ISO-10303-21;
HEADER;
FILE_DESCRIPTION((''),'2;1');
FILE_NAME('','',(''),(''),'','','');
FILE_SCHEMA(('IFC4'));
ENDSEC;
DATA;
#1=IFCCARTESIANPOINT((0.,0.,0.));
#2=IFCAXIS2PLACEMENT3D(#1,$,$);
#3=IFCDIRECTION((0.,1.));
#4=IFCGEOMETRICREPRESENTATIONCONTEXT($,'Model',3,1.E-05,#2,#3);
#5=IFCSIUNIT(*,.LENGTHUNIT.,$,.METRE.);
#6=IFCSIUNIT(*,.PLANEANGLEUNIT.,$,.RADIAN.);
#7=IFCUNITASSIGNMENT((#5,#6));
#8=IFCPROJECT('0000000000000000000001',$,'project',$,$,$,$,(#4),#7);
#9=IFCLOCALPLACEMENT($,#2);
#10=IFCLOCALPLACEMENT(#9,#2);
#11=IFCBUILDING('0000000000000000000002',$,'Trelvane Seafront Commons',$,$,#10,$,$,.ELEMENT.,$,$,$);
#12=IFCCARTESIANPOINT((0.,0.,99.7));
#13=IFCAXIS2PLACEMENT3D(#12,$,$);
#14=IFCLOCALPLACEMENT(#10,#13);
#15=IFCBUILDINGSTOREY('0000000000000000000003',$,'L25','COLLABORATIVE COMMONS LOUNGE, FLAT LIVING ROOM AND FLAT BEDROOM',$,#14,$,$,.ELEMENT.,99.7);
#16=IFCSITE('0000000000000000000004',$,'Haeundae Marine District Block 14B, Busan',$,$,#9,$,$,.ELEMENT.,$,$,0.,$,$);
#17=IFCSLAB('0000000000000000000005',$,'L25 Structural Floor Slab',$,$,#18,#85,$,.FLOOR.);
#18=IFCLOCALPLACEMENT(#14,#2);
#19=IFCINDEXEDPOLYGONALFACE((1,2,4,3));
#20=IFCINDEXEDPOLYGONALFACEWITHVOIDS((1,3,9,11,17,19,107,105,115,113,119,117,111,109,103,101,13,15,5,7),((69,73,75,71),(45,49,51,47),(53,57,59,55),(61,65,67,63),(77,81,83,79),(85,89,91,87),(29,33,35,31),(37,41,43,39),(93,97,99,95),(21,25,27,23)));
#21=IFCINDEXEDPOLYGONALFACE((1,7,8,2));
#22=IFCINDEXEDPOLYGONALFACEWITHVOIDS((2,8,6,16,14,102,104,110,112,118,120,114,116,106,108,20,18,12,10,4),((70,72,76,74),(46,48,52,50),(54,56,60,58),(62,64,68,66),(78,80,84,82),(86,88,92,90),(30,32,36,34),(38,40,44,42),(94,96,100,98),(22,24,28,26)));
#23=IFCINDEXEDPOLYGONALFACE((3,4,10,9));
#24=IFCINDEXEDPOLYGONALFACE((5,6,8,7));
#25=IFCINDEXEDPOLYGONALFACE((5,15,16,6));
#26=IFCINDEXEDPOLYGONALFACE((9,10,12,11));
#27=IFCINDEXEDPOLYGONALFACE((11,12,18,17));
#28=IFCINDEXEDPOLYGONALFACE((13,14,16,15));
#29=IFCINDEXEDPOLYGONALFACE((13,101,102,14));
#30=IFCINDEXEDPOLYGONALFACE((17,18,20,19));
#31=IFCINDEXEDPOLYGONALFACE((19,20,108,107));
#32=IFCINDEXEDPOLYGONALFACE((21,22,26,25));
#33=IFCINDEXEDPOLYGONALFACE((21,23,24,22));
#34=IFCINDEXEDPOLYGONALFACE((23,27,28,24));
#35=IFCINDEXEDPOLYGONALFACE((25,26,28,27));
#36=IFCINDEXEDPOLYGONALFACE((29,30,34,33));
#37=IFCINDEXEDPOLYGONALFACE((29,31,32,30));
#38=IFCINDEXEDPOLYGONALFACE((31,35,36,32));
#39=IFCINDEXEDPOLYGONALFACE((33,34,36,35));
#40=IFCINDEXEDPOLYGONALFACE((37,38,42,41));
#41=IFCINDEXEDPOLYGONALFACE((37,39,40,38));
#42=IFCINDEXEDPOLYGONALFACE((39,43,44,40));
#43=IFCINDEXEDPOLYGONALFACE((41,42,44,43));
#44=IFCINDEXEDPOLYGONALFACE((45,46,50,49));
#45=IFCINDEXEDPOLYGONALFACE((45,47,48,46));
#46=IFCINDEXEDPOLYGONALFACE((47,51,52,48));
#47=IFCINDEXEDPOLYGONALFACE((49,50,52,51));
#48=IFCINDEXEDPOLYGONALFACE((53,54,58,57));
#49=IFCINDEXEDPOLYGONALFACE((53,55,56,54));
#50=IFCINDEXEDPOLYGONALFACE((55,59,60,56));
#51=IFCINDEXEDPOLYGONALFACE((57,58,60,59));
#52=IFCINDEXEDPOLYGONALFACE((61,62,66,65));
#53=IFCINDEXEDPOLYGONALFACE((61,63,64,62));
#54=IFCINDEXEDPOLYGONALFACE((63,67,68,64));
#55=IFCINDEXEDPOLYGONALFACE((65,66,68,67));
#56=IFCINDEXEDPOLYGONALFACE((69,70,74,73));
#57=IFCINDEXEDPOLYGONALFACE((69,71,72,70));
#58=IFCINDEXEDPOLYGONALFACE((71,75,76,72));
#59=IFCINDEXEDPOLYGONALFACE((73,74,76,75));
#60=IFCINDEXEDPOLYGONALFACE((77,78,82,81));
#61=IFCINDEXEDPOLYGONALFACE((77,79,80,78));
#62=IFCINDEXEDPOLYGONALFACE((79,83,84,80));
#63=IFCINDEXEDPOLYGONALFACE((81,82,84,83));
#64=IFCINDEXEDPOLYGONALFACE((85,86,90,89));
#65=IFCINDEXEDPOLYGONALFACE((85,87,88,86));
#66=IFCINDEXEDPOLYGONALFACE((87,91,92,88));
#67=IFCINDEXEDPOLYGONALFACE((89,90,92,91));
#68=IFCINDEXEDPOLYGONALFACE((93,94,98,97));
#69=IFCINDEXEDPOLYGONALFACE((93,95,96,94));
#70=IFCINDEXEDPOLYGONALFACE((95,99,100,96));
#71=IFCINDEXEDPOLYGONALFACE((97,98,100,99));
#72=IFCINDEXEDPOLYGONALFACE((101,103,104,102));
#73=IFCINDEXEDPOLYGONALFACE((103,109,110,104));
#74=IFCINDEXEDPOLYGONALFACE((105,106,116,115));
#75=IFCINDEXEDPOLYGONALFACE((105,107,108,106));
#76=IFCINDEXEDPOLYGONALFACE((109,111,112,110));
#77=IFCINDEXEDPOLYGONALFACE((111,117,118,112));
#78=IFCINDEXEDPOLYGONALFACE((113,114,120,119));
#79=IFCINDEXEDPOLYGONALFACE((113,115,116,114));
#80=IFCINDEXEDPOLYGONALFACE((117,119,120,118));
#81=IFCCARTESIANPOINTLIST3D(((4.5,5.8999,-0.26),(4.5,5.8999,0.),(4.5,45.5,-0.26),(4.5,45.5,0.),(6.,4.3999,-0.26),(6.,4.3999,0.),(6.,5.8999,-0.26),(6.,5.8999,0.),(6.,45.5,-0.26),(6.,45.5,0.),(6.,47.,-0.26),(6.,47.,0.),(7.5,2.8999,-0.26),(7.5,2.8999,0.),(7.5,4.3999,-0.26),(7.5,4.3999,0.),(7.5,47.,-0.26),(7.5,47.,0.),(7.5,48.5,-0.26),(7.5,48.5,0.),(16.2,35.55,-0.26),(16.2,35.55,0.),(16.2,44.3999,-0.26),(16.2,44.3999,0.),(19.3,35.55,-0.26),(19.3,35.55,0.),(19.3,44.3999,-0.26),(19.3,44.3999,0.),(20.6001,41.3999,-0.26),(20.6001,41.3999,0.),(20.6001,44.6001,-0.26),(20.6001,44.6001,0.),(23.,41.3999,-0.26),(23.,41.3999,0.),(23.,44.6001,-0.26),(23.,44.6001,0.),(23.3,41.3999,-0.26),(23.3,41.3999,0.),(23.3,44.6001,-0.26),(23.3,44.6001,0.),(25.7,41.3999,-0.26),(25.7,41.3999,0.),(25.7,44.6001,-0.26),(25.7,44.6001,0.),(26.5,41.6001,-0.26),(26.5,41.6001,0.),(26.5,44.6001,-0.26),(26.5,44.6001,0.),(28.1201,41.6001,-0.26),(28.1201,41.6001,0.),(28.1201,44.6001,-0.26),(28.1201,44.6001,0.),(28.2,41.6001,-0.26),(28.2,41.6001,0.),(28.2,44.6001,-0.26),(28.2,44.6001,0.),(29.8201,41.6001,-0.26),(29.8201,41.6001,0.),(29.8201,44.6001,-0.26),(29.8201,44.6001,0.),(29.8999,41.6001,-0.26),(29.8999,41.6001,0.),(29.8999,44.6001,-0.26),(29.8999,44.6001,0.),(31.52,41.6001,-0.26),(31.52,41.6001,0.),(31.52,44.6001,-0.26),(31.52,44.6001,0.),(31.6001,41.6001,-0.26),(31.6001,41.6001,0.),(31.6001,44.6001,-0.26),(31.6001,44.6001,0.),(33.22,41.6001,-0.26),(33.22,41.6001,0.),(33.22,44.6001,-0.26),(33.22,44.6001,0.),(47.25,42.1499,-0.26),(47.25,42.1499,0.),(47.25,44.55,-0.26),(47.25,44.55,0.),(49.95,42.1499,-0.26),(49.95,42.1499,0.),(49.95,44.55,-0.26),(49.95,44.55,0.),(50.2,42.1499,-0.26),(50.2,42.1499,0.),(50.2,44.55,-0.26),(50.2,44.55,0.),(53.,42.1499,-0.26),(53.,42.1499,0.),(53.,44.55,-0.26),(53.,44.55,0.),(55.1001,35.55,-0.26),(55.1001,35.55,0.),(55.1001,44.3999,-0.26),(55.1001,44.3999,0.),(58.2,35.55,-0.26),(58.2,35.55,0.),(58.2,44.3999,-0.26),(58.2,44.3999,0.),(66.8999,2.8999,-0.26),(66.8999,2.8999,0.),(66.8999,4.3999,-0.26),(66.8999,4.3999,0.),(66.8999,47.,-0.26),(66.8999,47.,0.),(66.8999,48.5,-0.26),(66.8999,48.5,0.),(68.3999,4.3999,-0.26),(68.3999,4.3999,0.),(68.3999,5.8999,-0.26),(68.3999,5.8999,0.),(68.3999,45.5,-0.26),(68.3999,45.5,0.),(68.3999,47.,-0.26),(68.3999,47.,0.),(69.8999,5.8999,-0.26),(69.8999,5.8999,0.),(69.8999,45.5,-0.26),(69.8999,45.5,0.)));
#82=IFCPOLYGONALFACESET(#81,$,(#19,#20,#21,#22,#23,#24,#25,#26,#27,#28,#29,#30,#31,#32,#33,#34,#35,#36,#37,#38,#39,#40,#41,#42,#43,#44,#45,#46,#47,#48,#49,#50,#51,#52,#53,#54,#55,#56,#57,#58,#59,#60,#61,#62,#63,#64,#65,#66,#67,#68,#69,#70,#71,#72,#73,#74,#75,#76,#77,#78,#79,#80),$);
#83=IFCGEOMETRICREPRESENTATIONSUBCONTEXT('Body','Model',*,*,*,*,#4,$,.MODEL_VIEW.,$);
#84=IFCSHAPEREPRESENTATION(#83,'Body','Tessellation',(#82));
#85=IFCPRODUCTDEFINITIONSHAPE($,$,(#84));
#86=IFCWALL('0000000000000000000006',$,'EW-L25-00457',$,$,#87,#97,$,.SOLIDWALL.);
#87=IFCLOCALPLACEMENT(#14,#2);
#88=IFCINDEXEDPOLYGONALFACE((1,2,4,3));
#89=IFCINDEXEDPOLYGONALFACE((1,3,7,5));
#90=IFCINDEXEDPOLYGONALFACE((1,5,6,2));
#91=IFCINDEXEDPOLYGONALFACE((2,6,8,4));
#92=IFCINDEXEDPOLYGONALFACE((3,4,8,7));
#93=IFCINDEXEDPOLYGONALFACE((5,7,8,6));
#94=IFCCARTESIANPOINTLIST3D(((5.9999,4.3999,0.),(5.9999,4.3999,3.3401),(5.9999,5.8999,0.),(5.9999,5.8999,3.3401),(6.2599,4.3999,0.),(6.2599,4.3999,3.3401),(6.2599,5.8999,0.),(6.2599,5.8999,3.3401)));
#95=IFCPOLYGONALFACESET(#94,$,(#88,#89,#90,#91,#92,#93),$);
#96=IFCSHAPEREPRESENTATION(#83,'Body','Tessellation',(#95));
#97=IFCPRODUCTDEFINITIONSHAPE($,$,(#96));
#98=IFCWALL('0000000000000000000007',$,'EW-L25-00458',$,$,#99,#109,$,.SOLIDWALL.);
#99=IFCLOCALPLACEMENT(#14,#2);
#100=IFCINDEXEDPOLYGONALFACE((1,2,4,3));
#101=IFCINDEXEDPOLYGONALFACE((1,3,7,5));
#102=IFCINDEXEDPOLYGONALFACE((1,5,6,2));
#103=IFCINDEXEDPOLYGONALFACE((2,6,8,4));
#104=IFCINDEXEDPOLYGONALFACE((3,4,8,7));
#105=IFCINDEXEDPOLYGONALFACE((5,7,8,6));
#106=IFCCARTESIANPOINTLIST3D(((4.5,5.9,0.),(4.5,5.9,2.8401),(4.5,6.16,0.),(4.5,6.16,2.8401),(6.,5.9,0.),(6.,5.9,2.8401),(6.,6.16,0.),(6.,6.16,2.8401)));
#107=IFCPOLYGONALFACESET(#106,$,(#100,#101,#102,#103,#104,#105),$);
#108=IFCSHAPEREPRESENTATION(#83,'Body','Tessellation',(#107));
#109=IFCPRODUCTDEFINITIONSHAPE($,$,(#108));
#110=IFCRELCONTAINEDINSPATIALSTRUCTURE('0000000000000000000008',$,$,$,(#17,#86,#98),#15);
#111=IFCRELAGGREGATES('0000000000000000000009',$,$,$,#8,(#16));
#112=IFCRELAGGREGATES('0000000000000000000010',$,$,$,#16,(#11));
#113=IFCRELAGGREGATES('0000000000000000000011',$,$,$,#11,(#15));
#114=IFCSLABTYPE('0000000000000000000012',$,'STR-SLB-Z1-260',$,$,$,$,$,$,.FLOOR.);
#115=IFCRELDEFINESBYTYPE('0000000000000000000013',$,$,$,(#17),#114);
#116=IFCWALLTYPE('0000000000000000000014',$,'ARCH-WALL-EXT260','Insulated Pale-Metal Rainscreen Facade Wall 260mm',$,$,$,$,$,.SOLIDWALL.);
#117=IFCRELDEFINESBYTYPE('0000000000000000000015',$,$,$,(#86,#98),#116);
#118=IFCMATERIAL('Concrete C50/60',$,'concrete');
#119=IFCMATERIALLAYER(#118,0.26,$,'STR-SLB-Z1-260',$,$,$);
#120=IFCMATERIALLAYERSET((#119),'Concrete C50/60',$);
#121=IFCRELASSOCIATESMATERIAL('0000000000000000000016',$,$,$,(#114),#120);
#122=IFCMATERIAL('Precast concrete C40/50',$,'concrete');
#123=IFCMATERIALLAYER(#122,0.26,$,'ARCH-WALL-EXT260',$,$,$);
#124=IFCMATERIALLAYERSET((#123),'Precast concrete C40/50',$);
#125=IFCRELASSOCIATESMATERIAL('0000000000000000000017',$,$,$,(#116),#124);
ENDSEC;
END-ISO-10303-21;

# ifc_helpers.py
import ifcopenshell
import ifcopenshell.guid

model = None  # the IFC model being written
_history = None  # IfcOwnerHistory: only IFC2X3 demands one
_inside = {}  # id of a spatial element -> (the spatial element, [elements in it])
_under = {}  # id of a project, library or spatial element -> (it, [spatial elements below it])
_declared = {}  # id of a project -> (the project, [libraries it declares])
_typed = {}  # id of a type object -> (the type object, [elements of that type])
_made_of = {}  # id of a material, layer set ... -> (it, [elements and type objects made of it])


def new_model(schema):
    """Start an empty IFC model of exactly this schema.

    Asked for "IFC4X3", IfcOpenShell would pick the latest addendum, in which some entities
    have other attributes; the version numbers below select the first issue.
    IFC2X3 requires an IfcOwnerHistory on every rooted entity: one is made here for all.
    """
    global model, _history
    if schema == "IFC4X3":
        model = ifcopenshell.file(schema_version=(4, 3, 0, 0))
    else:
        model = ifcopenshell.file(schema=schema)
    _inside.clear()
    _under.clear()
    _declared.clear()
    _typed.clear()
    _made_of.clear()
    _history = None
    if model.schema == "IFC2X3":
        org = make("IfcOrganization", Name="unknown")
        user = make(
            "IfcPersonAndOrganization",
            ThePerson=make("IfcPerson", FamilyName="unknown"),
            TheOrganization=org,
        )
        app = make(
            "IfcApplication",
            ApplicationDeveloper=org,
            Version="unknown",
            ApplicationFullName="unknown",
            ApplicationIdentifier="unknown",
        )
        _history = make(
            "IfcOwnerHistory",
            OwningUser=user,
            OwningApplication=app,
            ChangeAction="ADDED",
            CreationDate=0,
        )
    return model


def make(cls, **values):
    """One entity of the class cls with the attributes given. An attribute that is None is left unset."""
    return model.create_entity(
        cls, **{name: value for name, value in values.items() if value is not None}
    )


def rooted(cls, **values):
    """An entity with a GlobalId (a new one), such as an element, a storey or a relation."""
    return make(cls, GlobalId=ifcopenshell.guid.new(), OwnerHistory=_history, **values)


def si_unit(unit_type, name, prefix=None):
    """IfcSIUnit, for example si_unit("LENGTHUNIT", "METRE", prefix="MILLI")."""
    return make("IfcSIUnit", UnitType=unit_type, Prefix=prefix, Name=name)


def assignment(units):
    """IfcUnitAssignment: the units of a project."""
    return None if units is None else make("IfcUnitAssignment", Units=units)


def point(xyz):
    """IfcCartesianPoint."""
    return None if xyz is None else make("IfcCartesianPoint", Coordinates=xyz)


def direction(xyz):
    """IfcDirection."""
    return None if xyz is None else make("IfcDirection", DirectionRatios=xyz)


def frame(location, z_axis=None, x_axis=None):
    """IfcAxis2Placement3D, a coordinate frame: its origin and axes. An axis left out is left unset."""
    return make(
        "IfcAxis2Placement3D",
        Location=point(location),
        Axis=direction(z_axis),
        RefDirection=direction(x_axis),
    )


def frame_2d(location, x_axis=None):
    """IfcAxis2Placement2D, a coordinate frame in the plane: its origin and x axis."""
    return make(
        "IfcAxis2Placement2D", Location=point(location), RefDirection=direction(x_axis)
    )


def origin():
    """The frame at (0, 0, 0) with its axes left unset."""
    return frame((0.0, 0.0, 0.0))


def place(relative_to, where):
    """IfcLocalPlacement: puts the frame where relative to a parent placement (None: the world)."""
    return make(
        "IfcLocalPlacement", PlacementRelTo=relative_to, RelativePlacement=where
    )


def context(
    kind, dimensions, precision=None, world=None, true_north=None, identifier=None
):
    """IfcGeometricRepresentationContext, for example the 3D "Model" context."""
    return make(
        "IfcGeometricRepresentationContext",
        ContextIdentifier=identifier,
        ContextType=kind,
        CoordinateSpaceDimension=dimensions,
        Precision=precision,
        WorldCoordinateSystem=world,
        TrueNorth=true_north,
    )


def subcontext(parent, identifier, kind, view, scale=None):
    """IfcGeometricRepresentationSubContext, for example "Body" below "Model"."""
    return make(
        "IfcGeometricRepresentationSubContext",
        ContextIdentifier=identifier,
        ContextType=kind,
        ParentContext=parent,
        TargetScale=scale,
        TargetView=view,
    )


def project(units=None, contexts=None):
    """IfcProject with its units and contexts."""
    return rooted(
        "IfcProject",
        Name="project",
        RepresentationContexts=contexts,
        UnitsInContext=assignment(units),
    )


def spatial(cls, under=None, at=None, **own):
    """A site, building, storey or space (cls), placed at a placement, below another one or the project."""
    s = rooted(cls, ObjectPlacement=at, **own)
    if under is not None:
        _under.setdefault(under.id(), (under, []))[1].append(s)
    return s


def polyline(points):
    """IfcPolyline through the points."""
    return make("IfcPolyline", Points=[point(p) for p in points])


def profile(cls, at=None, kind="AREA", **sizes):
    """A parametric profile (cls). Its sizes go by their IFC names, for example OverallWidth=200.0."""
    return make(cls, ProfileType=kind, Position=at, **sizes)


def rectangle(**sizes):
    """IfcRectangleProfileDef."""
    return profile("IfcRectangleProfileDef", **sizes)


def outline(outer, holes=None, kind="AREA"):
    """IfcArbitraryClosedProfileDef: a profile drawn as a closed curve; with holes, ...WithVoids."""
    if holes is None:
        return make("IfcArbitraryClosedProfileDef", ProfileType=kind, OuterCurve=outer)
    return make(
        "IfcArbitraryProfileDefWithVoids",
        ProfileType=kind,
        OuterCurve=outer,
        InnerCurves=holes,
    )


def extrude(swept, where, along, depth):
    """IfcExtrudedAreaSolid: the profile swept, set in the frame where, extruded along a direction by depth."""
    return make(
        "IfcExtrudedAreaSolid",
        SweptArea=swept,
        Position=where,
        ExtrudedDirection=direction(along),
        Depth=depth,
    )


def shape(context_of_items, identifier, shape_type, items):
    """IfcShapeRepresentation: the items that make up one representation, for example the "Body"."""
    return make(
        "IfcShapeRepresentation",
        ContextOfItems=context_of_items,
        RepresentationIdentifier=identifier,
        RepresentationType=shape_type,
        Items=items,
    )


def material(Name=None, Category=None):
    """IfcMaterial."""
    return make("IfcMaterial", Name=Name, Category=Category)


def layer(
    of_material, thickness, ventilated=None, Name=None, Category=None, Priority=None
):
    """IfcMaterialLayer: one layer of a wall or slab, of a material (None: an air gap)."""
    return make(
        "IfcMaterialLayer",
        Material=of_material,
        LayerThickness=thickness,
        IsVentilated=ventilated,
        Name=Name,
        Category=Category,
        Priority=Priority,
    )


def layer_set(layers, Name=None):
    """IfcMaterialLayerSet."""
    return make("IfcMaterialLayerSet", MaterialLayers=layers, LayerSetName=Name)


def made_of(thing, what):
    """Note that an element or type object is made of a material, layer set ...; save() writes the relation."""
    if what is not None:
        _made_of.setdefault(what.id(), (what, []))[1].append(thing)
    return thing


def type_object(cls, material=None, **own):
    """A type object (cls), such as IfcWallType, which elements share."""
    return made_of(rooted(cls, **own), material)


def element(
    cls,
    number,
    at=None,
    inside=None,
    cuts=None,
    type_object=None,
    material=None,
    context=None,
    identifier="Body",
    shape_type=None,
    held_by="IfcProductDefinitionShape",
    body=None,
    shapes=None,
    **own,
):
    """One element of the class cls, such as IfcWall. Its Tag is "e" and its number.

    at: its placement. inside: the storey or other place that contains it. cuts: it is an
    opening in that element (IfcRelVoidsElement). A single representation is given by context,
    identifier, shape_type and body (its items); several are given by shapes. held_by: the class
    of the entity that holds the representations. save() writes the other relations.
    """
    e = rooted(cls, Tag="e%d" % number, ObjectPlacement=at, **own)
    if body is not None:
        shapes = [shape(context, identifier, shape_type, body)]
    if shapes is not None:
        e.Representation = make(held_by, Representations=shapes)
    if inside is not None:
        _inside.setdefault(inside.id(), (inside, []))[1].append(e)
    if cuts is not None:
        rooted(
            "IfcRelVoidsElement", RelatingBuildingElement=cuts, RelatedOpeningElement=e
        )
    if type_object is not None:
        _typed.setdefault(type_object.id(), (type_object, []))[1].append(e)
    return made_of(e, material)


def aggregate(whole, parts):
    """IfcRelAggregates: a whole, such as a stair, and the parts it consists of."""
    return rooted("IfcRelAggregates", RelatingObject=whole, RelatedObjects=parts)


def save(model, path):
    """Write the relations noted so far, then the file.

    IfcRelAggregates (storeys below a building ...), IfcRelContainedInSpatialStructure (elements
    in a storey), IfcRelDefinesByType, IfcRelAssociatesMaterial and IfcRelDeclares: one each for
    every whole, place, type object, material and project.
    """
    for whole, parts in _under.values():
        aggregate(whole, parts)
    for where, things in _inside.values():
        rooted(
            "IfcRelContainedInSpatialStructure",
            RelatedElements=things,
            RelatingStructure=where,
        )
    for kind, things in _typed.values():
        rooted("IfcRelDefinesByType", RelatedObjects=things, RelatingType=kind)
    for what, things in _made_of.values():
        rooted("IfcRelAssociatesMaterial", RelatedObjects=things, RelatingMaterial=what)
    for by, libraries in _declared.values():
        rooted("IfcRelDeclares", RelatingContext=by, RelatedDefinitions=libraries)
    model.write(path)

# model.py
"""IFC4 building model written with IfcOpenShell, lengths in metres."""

from ifc_helpers import new_model, si_unit, direction, frame, frame_2d, origin, place, context, subcontext, project, spatial, polyline, rectangle, outline, extrude, material, layer, layer_set, type_object, element, save


model = new_model("IFC4")

# Units and contexts
model_context = context("Model", 3, precision=1e-05, world=origin(), true_north=direction((0.0, 1.0)))
body_context = subcontext(model_context, "Body", "Model", "MODEL_VIEW")
ifc_project = project(units=[si_unit("LENGTHUNIT", "METRE"), si_unit("PLANEANGLEUNIT", "RADIAN")], contexts=[model_context])

# Site, building, storey
site_placement = place(None, origin())
site = spatial("IfcSite", under=ifc_project, at=site_placement, Name="Haeundae Marine District Block 14B, Busan", CompositionType="ELEMENT", RefElevation=0.0)
building_placement = place(site_placement, origin())
building = spatial("IfcBuilding", under=site, at=building_placement, Name="Trelvane Seafront Commons", CompositionType="ELEMENT")
storey_placement = place(building_placement, frame((0.0, 0.0, 99.7)))
storey = spatial("IfcBuildingStorey", under=building, at=storey_placement, Name="L25", Description="COLLABORATIVE COMMONS LOUNGE, FLAT LIVING ROOM AND FLAT BEDROOM", CompositionType="ELEMENT", Elevation=99.7)

# Slab
ifc_material_1 = material(Name="Concrete C50/60", Category="concrete")
ifc_layer_1 = layer(ifc_material_1, 0.26, Name="STR-SLB-Z1-260")
ifc_layer_set_1 = layer_set([ifc_layer_1], Name="Concrete C50/60")
slab_type_1 = type_object("IfcSlabType", Name="STR-SLB-Z1-260", PredefinedType="FLOOR", material=ifc_layer_set_1)
slab_1_placement = place(storey_placement, frame((0.0, 0.0, -0.26)))
element("IfcSlab", 1, at=slab_1_placement, inside=storey, type_object=slab_type_1, Name="L25 Structural Floor Slab", PredefinedType="FLOOR", context=body_context, shape_type="SweptSolid", body=[
    extrude(outline(polyline([(7.5, 2.8999), (66.8999, 2.8999), (66.8999, 4.3999), (68.3999, 4.3999), (68.3999, 5.8999), (69.8999, 5.8999), (69.8999, 45.5), (68.3999, 45.5), (68.3999, 47.0), (66.8999, 47.0), (66.8999, 48.5), (7.5, 48.5), (7.5, 47.0), (6.0, 47.0), (6.0, 45.5), (4.5, 45.5), (4.5, 5.8999), (6.0, 5.8999), (6.0, 4.3999), (7.5, 4.3999), (7.5, 2.8999)]), holes=[polyline([(19.3, 35.55), (16.2, 35.55), (16.2, 44.3999), (19.3, 44.3999), (19.3, 35.55)]), polyline([(58.2, 35.55), (55.1001, 35.55), (55.1001, 44.3999), (58.2, 44.3999), (58.2, 35.55)]), polyline([(23.0, 41.3999), (20.6001, 41.3999), (20.6001, 44.6001), (23.0, 44.6001), (23.0, 41.3999)]), polyline([(23.3, 41.3999), (23.3, 44.6001), (25.7, 44.6001), (25.7, 41.3999), (23.3, 41.3999)]), polyline([(26.5, 41.6001), (26.5, 44.6001), (28.1201, 44.6001), (28.1201, 41.6001), (26.5, 41.6001)]), polyline([(29.8201, 41.6001), (28.2, 41.6001), (28.2, 44.6001), (29.8201, 44.6001), (29.8201, 41.6001)]), polyline([(31.52, 41.6001), (29.8999, 41.6001), (29.8999, 44.6001), (31.52, 44.6001), (31.52, 41.6001)]), polyline([(33.22, 41.6001), (31.6001, 41.6001), (31.6001, 44.6001), (33.22, 44.6001), (33.22, 41.6001)]), polyline([(47.25, 42.1499), (47.25, 44.55), (49.95, 44.55), (49.95, 42.1499), (47.25, 42.1499)]), polyline([(50.2, 42.1499), (50.2, 44.55), (53.0, 44.55), (53.0, 42.1499), (50.2, 42.1499)])]), origin(), (0.0, 0.0, 1.0), 0.26),
])

# Walls
ifc_material_2 = material(Name="Precast concrete C40/50", Category="concrete")
ifc_layer_2 = layer(ifc_material_2, 0.26, Name="ARCH-WALL-EXT260")
ifc_layer_set_2 = layer_set([ifc_layer_2], Name="Precast concrete C40/50")
wall_type_1 = type_object("IfcWallType", Name="ARCH-WALL-EXT260", Description="Insulated Pale-Metal Rainscreen Facade Wall 260mm", PredefinedType="SOLIDWALL", material=ifc_layer_set_2)
wall_1_placement = place(storey_placement, frame((6.1299, 4.3999, 0.0), z_axis=(0.0, 0.0, 1.0), x_axis=(0.0, 1.0, 0.0)))
element("IfcWall", 2, at=wall_1_placement, inside=storey, type_object=wall_type_1, Name="EW-L25-00457", PredefinedType="SOLIDWALL", context=body_context, shape_type="SweptSolid", body=[
    extrude(rectangle(XDim=1.5, YDim=0.26, at=frame_2d((0.75, 0.0))), origin(), (0.0, 0.0, 1.0), 3.3401),
])
wall_2_placement = place(storey_placement, frame((6.0, 6.03, 0.0), z_axis=(0.0, 0.0, 1.0), x_axis=(-1.0, 0.0, 0.0)))
element("IfcWall", 3, at=wall_2_placement, inside=storey, type_object=wall_type_1, Name="EW-L25-00458", PredefinedType="SOLIDWALL", context=body_context, shape_type="SweptSolid", body=[
    extrude(rectangle(XDim=1.5, YDim=0.26, at=frame_2d((0.75, 0.0))), origin(), (0.0, 0.0, 1.0), 2.8401),
])

save(model, "model.ifc")
